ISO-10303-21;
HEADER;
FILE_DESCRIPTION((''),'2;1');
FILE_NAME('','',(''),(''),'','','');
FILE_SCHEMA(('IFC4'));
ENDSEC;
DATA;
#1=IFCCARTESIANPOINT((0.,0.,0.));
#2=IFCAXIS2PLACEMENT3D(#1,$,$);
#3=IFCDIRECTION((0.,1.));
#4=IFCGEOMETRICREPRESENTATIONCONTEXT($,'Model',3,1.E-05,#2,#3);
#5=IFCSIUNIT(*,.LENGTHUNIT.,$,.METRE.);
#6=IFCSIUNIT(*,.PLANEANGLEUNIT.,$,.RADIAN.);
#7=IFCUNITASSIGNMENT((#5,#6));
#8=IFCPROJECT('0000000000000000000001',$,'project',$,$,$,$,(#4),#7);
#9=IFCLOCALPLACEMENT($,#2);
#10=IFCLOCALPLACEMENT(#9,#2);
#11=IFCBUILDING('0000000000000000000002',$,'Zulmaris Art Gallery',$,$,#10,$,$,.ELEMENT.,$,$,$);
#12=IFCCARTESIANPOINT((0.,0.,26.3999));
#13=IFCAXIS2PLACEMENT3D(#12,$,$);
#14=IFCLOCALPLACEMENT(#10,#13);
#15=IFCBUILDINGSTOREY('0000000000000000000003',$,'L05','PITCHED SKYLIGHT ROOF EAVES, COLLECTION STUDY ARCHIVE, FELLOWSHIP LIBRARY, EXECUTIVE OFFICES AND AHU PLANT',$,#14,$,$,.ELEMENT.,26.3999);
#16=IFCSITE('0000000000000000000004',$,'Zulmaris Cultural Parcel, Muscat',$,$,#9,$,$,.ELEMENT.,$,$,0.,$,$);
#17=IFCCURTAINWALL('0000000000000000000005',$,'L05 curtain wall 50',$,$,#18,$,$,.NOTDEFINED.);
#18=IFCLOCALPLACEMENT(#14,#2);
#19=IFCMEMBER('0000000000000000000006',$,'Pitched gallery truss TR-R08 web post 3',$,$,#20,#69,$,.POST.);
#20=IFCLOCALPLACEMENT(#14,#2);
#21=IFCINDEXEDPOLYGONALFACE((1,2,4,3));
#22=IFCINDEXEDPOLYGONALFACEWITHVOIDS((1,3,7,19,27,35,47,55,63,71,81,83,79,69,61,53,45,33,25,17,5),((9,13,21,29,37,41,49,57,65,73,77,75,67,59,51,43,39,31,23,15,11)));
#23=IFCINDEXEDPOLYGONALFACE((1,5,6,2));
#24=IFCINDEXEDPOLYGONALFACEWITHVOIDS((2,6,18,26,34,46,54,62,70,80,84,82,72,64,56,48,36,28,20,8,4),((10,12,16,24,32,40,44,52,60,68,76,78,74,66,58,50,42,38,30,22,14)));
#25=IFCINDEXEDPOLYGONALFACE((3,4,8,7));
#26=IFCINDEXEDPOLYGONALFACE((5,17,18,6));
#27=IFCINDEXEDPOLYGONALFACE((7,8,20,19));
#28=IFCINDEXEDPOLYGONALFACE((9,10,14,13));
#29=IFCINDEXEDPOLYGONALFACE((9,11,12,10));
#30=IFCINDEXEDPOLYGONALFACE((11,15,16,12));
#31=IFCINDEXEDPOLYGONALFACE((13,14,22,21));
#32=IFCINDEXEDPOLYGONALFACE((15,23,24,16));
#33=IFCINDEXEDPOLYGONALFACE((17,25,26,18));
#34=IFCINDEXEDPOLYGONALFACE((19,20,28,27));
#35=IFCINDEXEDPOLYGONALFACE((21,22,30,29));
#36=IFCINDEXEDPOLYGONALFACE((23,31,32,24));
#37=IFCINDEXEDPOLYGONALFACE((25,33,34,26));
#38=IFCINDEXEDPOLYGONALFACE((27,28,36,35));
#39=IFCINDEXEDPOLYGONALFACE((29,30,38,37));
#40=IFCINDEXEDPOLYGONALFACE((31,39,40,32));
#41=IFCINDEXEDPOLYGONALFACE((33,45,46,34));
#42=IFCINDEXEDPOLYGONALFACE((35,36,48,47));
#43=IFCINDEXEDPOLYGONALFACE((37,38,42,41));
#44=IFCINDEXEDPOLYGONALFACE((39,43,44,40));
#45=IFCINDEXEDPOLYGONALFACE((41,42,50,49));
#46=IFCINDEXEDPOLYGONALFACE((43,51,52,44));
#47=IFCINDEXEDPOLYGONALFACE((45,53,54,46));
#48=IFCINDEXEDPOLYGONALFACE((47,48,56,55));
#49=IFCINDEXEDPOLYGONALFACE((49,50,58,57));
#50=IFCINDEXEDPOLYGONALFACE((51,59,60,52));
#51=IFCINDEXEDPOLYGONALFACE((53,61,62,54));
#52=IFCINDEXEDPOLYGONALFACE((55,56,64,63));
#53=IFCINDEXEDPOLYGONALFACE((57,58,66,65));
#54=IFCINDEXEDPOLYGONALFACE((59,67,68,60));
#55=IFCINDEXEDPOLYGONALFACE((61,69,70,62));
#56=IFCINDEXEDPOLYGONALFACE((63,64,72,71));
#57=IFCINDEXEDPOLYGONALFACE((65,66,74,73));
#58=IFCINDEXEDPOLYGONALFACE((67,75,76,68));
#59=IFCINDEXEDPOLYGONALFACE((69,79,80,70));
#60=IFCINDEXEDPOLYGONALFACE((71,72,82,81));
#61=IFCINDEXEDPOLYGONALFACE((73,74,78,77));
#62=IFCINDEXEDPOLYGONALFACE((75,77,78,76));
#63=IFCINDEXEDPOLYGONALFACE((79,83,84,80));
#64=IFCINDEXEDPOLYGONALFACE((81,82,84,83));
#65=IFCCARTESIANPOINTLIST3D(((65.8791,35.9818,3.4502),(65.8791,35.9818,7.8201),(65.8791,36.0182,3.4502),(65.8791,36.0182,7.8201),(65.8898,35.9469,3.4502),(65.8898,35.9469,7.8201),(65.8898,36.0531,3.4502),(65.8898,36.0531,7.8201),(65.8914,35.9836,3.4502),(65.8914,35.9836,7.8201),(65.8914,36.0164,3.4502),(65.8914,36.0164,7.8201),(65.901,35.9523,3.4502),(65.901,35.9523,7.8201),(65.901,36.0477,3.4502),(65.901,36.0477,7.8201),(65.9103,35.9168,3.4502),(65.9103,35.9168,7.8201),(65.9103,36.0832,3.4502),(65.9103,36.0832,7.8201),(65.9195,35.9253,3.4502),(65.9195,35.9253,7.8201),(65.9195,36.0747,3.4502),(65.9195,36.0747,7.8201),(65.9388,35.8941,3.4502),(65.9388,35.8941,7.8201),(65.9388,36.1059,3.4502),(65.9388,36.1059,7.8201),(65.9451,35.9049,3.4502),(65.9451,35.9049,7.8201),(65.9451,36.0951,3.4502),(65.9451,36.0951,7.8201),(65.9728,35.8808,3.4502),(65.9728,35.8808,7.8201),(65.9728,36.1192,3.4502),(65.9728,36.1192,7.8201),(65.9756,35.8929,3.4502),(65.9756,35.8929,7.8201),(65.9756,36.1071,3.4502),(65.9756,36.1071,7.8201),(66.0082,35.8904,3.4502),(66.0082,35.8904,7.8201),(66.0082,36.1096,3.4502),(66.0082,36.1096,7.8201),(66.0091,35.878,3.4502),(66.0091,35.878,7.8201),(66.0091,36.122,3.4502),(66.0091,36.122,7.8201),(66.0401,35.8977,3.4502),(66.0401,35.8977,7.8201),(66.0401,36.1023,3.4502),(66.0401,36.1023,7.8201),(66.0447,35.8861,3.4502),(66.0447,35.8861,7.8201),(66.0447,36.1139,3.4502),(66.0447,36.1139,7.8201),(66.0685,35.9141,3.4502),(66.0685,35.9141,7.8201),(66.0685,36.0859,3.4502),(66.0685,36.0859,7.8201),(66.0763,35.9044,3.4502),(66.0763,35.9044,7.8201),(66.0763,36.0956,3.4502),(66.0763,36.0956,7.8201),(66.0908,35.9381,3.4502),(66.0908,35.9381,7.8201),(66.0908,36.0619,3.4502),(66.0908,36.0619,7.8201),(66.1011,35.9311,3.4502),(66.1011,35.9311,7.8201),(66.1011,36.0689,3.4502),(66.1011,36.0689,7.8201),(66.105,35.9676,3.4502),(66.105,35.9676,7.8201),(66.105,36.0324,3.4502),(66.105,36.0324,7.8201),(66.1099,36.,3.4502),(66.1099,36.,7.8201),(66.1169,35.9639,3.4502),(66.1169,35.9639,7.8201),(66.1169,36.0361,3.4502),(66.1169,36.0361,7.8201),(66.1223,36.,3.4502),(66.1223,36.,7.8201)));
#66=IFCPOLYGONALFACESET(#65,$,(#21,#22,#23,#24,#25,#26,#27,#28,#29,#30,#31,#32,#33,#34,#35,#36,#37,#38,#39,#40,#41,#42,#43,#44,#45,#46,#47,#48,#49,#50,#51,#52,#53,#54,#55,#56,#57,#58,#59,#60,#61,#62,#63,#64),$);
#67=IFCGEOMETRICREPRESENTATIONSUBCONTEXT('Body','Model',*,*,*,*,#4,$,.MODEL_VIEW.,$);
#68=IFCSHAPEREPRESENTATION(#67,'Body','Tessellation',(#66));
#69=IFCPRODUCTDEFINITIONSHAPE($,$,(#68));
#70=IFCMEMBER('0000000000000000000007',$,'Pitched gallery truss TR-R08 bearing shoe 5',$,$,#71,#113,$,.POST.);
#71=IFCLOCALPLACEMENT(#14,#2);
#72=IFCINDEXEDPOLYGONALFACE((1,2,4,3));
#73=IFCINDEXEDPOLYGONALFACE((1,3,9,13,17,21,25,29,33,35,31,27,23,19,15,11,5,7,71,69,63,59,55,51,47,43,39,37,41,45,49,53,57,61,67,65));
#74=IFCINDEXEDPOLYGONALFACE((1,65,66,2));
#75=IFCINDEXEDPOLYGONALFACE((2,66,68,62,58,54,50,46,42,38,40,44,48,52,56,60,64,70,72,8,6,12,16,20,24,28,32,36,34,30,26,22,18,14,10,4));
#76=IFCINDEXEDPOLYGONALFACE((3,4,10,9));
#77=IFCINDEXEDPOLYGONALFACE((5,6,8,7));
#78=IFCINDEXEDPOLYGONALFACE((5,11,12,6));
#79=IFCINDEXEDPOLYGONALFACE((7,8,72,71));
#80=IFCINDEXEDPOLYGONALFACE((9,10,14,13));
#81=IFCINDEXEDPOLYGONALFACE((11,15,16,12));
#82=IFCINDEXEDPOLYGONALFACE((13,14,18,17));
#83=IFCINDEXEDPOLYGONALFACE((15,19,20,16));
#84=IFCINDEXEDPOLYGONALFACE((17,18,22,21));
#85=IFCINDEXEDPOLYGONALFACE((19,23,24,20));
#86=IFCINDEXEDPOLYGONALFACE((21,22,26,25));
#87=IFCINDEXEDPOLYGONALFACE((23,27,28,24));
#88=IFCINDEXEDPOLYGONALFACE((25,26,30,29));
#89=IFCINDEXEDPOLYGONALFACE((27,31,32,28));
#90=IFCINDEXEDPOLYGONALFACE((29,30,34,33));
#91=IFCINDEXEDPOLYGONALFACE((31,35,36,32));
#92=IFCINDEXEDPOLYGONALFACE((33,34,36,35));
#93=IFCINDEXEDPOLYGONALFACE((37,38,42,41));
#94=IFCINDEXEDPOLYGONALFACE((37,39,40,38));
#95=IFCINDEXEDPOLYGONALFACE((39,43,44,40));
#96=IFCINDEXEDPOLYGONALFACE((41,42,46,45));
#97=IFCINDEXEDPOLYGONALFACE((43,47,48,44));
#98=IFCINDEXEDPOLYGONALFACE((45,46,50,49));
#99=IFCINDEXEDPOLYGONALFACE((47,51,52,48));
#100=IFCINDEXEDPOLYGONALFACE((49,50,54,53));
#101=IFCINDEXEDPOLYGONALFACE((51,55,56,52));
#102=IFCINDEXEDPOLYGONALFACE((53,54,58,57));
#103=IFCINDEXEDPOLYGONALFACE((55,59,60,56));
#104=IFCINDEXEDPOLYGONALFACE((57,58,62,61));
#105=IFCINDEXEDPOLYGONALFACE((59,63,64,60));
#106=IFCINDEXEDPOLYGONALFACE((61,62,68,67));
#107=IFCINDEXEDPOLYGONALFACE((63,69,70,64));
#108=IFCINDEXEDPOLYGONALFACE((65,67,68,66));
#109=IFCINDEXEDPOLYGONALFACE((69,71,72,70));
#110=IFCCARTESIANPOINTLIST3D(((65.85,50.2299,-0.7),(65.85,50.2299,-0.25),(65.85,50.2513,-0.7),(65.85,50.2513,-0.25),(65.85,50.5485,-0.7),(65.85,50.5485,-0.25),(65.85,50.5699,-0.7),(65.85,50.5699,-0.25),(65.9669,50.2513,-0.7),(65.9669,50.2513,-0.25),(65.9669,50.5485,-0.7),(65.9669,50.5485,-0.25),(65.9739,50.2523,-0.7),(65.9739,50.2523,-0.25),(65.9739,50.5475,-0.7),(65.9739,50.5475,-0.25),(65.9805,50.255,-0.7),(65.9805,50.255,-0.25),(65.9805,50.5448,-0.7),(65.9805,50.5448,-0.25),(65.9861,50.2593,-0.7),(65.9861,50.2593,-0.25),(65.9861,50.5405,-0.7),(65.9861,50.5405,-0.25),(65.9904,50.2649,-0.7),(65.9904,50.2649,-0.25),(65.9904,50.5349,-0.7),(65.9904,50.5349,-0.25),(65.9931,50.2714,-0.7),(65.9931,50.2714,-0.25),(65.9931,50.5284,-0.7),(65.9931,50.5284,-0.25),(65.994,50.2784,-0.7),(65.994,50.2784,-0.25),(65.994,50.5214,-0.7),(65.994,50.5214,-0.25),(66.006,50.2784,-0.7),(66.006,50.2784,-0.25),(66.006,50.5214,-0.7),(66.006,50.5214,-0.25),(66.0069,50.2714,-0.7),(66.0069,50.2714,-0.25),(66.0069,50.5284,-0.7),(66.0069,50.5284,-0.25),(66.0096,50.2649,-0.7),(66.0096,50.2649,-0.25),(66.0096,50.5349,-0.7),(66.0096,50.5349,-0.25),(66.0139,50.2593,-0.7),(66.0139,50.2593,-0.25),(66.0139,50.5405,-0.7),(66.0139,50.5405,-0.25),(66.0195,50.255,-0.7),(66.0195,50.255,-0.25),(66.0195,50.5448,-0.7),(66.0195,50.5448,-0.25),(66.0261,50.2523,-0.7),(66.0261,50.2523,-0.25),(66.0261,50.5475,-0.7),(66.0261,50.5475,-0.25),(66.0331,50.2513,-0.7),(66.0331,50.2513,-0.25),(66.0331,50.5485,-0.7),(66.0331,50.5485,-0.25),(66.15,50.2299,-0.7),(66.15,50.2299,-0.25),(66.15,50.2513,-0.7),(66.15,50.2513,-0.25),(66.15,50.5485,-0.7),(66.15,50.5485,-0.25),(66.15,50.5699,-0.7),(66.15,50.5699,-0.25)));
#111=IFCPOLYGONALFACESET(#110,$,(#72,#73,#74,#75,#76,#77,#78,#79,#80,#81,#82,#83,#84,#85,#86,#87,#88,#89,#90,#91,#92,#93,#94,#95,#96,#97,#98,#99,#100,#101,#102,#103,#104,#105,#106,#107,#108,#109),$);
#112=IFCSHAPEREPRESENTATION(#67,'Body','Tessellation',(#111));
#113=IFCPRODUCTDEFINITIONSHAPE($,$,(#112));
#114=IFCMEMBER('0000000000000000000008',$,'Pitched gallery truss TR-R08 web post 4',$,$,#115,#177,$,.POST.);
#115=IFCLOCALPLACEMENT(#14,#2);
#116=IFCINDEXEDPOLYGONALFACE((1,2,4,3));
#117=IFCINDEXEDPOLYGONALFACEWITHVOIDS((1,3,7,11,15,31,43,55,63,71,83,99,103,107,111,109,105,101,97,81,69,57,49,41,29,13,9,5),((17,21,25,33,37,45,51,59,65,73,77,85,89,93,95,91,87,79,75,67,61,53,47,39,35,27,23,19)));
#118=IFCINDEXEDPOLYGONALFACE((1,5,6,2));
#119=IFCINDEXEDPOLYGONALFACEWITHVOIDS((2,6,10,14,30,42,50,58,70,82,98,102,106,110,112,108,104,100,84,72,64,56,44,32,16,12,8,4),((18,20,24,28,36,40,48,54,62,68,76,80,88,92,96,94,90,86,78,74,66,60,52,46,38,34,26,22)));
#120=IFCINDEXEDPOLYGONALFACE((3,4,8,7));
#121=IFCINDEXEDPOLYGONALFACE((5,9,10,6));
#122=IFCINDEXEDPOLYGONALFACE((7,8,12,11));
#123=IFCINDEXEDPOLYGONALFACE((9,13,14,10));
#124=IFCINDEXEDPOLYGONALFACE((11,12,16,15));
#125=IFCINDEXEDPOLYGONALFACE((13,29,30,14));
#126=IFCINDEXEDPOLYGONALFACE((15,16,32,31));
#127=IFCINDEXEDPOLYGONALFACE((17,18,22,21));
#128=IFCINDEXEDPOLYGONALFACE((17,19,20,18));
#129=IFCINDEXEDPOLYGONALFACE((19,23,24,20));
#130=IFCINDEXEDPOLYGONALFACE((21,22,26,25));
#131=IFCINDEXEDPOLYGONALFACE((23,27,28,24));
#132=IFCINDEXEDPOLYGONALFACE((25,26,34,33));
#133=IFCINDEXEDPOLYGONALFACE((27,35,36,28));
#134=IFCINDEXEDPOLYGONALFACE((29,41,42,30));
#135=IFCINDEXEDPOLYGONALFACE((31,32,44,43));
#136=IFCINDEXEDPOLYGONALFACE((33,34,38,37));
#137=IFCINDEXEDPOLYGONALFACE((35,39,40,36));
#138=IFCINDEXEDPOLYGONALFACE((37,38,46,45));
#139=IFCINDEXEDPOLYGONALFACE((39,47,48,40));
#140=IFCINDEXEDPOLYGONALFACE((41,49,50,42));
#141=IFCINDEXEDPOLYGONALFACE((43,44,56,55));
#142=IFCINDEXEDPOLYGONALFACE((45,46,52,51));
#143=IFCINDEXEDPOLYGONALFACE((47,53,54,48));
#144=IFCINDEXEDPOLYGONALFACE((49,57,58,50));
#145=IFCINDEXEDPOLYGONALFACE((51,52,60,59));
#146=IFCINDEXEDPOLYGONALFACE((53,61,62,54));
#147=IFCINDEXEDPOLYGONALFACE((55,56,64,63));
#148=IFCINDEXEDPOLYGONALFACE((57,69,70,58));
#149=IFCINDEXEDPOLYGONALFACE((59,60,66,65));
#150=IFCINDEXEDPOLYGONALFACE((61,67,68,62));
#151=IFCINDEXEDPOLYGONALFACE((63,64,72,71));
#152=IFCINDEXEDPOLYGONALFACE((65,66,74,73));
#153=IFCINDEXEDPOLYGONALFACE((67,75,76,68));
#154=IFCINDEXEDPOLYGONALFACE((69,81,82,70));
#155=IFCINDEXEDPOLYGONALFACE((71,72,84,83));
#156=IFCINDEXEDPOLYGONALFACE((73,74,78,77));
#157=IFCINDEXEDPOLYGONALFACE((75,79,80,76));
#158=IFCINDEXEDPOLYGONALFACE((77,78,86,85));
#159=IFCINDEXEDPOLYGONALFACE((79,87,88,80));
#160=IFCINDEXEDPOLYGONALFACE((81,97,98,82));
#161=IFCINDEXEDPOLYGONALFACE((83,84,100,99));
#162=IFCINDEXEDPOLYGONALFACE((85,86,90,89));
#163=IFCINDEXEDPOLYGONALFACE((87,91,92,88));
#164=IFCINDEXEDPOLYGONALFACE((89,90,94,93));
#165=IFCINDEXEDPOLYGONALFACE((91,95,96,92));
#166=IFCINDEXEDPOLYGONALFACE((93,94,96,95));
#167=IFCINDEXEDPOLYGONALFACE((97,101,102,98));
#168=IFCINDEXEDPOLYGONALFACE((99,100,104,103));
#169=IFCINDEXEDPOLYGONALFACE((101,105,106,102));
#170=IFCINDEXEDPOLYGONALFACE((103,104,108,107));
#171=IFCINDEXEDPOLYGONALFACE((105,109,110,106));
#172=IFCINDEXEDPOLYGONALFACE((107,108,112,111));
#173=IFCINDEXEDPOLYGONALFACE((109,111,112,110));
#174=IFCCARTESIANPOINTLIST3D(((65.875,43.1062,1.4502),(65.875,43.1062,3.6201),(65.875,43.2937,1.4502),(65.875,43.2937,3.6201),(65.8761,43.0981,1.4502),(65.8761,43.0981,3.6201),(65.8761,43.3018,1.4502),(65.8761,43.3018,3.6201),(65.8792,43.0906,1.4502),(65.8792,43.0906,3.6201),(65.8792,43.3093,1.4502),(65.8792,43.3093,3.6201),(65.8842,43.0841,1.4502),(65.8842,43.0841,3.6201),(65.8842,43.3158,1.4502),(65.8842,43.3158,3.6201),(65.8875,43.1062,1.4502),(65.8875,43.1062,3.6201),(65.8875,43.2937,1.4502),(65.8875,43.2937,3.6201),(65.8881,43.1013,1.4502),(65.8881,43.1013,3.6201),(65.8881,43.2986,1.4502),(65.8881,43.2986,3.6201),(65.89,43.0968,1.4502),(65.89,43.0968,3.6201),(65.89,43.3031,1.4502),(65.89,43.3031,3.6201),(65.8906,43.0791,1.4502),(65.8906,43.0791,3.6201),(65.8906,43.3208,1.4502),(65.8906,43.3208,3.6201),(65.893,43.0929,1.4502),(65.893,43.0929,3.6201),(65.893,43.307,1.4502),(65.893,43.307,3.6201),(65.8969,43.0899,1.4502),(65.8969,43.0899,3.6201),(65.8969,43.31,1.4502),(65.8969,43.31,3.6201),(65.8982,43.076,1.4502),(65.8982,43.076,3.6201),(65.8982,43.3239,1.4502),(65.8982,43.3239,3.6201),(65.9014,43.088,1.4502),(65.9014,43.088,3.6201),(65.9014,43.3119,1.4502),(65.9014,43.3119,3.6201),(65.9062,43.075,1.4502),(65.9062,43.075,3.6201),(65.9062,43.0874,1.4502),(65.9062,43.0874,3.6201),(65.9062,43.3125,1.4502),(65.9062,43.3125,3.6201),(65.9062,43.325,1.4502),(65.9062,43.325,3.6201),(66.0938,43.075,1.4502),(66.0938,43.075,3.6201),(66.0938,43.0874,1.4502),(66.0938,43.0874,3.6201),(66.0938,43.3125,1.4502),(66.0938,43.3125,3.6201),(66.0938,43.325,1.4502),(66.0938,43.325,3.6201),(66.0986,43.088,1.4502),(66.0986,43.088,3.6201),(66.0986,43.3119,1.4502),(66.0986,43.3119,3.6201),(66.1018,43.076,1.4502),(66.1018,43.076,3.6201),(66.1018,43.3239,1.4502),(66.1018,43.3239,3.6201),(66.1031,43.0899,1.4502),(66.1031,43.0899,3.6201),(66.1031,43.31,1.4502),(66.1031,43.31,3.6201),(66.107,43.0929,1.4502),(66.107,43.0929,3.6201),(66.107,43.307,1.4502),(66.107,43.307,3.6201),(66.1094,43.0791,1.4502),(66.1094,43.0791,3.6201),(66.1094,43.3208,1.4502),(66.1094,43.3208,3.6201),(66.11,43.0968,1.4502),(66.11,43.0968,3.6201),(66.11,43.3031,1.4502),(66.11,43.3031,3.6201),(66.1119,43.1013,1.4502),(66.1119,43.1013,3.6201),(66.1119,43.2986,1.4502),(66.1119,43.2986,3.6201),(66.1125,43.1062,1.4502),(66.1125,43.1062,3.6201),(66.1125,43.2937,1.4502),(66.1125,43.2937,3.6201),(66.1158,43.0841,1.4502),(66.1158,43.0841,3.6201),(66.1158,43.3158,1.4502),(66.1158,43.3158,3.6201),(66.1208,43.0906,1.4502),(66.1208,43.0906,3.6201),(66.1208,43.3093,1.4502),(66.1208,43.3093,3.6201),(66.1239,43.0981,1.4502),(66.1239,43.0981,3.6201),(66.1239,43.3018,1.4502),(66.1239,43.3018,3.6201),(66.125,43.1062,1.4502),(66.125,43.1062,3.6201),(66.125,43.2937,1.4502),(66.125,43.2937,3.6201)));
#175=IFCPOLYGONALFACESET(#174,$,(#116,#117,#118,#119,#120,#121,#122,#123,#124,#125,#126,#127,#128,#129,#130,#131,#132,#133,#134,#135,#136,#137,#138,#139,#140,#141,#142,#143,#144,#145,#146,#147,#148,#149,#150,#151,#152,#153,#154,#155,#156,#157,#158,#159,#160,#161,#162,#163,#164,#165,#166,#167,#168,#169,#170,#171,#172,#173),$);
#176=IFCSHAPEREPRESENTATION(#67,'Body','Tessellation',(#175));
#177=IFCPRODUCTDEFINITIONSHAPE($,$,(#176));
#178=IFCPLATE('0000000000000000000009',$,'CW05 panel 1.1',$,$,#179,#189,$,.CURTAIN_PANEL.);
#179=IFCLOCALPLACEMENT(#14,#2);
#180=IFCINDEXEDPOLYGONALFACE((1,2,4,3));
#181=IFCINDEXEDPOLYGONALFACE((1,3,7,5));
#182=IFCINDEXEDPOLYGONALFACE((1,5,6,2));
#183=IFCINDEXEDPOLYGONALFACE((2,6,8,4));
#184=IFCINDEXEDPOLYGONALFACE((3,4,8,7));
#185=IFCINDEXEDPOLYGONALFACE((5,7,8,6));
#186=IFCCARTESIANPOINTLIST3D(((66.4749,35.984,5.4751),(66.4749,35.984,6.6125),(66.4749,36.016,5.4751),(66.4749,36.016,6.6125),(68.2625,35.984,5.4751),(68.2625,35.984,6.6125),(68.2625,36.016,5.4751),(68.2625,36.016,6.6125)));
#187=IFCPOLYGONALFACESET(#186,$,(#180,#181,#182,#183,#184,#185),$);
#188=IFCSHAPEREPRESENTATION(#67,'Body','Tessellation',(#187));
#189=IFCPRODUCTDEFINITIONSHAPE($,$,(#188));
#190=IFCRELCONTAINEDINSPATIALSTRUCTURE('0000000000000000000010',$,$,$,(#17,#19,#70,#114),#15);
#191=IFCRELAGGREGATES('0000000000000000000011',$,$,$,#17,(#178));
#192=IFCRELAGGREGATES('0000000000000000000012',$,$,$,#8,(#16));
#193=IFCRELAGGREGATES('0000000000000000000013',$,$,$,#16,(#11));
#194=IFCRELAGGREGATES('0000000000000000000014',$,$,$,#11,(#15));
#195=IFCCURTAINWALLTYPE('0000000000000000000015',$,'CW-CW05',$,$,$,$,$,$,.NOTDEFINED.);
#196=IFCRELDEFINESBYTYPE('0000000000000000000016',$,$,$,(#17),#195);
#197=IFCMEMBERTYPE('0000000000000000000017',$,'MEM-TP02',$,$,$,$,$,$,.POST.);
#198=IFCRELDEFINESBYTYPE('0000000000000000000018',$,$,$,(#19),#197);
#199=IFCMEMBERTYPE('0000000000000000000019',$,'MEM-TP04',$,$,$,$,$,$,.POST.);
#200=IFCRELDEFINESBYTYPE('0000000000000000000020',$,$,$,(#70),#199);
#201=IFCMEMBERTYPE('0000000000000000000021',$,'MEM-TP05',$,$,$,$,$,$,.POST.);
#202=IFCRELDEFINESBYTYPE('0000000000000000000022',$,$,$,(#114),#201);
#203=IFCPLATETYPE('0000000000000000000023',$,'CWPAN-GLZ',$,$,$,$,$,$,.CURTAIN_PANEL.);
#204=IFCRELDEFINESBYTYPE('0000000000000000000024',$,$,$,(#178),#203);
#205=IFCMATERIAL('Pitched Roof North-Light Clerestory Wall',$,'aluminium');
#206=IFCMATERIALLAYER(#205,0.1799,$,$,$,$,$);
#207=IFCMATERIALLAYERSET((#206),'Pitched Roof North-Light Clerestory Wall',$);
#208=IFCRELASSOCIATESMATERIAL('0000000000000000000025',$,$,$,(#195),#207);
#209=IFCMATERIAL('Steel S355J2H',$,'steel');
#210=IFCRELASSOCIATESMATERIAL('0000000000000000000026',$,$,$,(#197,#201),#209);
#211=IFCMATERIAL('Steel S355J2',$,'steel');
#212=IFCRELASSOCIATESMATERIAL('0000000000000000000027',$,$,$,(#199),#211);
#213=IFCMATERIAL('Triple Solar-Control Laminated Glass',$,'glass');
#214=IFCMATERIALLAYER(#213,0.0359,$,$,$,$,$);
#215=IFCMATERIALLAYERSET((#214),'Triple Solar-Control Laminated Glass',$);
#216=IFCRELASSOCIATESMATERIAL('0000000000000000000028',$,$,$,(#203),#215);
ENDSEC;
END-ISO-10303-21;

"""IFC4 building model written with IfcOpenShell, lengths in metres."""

from ifc_helpers import new_model, si_unit, direction, frame, origin, origin_2d, place, context, subcontext, project, spatial, rectangle, hollow_rectangle, hollow_circle, i_section, extrude, material, layer, layer_set, material_profile, profile_set, type_object, element, aggregate, save


model = new_model("IFC4")

# Units and contexts
model_context = context("Model", 3, precision=1e-05, world=origin(), true_north=direction((0.0, 1.0)))
body_context = subcontext(model_context, "Body", "Model", "MODEL_VIEW")
ifc_project = project(units=[si_unit("LENGTHUNIT", "METRE"), si_unit("PLANEANGLEUNIT", "RADIAN")], contexts=[model_context])

# Site, building, storey
site_placement = place(None, origin())
site = spatial("IfcSite", under=ifc_project, at=site_placement, Name="Zulmaris Cultural Parcel, Muscat", CompositionType="ELEMENT", RefElevation=0.0)
building_placement = place(site_placement, origin())
building = spatial("IfcBuilding", under=site, at=building_placement, Name="Zulmaris Art Gallery", CompositionType="ELEMENT")
storey_placement = place(building_placement, frame((0.0, 0.0, 26.3999)))
storey = spatial("IfcBuildingStorey", under=building, at=storey_placement, Name="L05", Description="PITCHED SKYLIGHT ROOF EAVES, COLLECTION STUDY ARCHIVE, FELLOWSHIP LIBRARY, EXECUTIVE OFFICES AND AHU PLANT", CompositionType="ELEMENT", Elevation=26.3999)

# Curtain wall
ifc_material_1 = material(Name="Pitched Roof North-Light Clerestory Wall", Category="aluminium")
ifc_layer_1 = layer(ifc_material_1, 0.1799)
ifc_layer_set_1 = layer_set([ifc_layer_1], Name="Pitched Roof North-Light Clerestory Wall")
curtain_wall_type = type_object("IfcCurtainWallType", Name="CW-CW05", PredefinedType="NOTDEFINED", material=ifc_layer_set_1)
curtain_wall_placement = place(storey_placement, origin())
curtain_wall = element("IfcCurtainWall", 1, at=curtain_wall_placement, inside=storey, type_object=curtain_wall_type, Name="L05 curtain wall 50", PredefinedType="NOTDEFINED")

# Members
ifc_material_2 = material(Name="Steel S355J2H", Category="steel")
ifc_material_3 = material(Name="Steel S355J2", Category="steel")
ifc_material_profile_1 = material_profile(ifc_material_2, hollow_circle(Radius=0.1223, WallThickness=0.0125, at=origin_2d()), Name="CHS 244.5x12.5")
ifc_profile_set_1 = profile_set([ifc_material_profile_1], Name="Steel S355J2H")
member_type_1 = type_object("IfcMemberType", Name="MEM-TP02", PredefinedType="POST", material=ifc_profile_set_1)
member_1_placement = place(storey_placement, frame((66.0, 36.0, 3.4502), z_axis=(0.0, 0.0, 1.0), x_axis=(1.0, 0.0, 0.0)))
element("IfcMember", 2, at=member_1_placement, inside=storey, type_object=member_type_1, Name="Pitched gallery truss TR-R08 web post 3", PredefinedType="POST", context=body_context, shape_type="SweptSolid", body=[
    extrude(hollow_circle(Radius=0.1223, WallThickness=0.0125, at=origin_2d()), origin(), (0.0, 0.0, 1.0), 4.3699),
])
ifc_material_profile_2 = material_profile(ifc_material_3, i_section(OverallWidth=0.3, OverallDepth=0.3401, WebThickness=0.012, FlangeThickness=0.0215, FilletRadius=0.0271, at=origin_2d()), Name="HEB 340")
ifc_profile_set_2 = profile_set([ifc_material_profile_2], Name="Steel S355J2")
member_type_2 = type_object("IfcMemberType", Name="MEM-TP04", PredefinedType="POST", material=ifc_profile_set_2)
member_2_placement = place(storey_placement, frame((66.0, 50.3999, -0.7), z_axis=(0.0, 0.0, 1.0), x_axis=(1.0, 0.0, 0.0)))
element("IfcMember", 3, at=member_2_placement, inside=storey, type_object=member_type_2, Name="Pitched gallery truss TR-R08 bearing shoe 5", PredefinedType="POST", context=body_context, shape_type="SweptSolid", body=[
    extrude(i_section(OverallWidth=0.3, OverallDepth=0.3401, WebThickness=0.012, FlangeThickness=0.0215, FilletRadius=0.0271, at=origin_2d()), origin(), (0.0, 0.0, 1.0), 0.45),
])
ifc_material_profile_3 = material_profile(ifc_material_2, hollow_rectangle(XDim=0.25, YDim=0.25, WallThickness=0.0125, InnerFilletRadius=0.0188, OuterFilletRadius=0.0312, at=origin_2d()), Name="SHS 250x250x12.5")
ifc_profile_set_3 = profile_set([ifc_material_profile_3], Name="Steel S355J2H")
member_type_3 = type_object("IfcMemberType", Name="MEM-TP05", PredefinedType="POST", material=ifc_profile_set_3)
member_3_placement = place(storey_placement, frame((66.0, 43.2, 1.4502), z_axis=(0.0, 0.0, 1.0), x_axis=(1.0, 0.0, 0.0)))
element("IfcMember", 4, at=member_3_placement, inside=storey, type_object=member_type_3, Name="Pitched gallery truss TR-R08 web post 4", PredefinedType="POST", context=body_context, shape_type="SweptSolid", body=[
    extrude(hollow_rectangle(XDim=0.25, YDim=0.25, WallThickness=0.0125, InnerFilletRadius=0.0188, OuterFilletRadius=0.0312, at=origin_2d()), origin(), (0.0, 0.0, 1.0), 2.1699),
])

# Plate
ifc_material_4 = material(Name="Triple Solar-Control Laminated Glass", Category="glass")
ifc_layer_2 = layer(ifc_material_4, 0.0359)
ifc_layer_set_2 = layer_set([ifc_layer_2], Name="Triple Solar-Control Laminated Glass")
plate_type_1 = type_object("IfcPlateType", Name="CWPAN-GLZ", PredefinedType="CURTAIN_PANEL", material=ifc_layer_set_2)
plate_1_placement = place(storey_placement, frame((67.3687, 36.0, 5.4751), z_axis=(0.0, 0.0, 1.0), x_axis=(1.0, 0.0, 0.0)))
plate_1 = element("IfcPlate", 5, at=plate_1_placement, type_object=plate_type_1, Name="CW05 panel 1.1", PredefinedType="CURTAIN_PANEL", context=body_context, shape_type="SweptSolid", body=[
    extrude(rectangle(XDim=1.7876, YDim=0.032, at=origin_2d()), origin(), (0.0, 0.0, 1.0), 1.1375),
])
aggregate(curtain_wall, [plate_1])

save(model, "model.ifc")
